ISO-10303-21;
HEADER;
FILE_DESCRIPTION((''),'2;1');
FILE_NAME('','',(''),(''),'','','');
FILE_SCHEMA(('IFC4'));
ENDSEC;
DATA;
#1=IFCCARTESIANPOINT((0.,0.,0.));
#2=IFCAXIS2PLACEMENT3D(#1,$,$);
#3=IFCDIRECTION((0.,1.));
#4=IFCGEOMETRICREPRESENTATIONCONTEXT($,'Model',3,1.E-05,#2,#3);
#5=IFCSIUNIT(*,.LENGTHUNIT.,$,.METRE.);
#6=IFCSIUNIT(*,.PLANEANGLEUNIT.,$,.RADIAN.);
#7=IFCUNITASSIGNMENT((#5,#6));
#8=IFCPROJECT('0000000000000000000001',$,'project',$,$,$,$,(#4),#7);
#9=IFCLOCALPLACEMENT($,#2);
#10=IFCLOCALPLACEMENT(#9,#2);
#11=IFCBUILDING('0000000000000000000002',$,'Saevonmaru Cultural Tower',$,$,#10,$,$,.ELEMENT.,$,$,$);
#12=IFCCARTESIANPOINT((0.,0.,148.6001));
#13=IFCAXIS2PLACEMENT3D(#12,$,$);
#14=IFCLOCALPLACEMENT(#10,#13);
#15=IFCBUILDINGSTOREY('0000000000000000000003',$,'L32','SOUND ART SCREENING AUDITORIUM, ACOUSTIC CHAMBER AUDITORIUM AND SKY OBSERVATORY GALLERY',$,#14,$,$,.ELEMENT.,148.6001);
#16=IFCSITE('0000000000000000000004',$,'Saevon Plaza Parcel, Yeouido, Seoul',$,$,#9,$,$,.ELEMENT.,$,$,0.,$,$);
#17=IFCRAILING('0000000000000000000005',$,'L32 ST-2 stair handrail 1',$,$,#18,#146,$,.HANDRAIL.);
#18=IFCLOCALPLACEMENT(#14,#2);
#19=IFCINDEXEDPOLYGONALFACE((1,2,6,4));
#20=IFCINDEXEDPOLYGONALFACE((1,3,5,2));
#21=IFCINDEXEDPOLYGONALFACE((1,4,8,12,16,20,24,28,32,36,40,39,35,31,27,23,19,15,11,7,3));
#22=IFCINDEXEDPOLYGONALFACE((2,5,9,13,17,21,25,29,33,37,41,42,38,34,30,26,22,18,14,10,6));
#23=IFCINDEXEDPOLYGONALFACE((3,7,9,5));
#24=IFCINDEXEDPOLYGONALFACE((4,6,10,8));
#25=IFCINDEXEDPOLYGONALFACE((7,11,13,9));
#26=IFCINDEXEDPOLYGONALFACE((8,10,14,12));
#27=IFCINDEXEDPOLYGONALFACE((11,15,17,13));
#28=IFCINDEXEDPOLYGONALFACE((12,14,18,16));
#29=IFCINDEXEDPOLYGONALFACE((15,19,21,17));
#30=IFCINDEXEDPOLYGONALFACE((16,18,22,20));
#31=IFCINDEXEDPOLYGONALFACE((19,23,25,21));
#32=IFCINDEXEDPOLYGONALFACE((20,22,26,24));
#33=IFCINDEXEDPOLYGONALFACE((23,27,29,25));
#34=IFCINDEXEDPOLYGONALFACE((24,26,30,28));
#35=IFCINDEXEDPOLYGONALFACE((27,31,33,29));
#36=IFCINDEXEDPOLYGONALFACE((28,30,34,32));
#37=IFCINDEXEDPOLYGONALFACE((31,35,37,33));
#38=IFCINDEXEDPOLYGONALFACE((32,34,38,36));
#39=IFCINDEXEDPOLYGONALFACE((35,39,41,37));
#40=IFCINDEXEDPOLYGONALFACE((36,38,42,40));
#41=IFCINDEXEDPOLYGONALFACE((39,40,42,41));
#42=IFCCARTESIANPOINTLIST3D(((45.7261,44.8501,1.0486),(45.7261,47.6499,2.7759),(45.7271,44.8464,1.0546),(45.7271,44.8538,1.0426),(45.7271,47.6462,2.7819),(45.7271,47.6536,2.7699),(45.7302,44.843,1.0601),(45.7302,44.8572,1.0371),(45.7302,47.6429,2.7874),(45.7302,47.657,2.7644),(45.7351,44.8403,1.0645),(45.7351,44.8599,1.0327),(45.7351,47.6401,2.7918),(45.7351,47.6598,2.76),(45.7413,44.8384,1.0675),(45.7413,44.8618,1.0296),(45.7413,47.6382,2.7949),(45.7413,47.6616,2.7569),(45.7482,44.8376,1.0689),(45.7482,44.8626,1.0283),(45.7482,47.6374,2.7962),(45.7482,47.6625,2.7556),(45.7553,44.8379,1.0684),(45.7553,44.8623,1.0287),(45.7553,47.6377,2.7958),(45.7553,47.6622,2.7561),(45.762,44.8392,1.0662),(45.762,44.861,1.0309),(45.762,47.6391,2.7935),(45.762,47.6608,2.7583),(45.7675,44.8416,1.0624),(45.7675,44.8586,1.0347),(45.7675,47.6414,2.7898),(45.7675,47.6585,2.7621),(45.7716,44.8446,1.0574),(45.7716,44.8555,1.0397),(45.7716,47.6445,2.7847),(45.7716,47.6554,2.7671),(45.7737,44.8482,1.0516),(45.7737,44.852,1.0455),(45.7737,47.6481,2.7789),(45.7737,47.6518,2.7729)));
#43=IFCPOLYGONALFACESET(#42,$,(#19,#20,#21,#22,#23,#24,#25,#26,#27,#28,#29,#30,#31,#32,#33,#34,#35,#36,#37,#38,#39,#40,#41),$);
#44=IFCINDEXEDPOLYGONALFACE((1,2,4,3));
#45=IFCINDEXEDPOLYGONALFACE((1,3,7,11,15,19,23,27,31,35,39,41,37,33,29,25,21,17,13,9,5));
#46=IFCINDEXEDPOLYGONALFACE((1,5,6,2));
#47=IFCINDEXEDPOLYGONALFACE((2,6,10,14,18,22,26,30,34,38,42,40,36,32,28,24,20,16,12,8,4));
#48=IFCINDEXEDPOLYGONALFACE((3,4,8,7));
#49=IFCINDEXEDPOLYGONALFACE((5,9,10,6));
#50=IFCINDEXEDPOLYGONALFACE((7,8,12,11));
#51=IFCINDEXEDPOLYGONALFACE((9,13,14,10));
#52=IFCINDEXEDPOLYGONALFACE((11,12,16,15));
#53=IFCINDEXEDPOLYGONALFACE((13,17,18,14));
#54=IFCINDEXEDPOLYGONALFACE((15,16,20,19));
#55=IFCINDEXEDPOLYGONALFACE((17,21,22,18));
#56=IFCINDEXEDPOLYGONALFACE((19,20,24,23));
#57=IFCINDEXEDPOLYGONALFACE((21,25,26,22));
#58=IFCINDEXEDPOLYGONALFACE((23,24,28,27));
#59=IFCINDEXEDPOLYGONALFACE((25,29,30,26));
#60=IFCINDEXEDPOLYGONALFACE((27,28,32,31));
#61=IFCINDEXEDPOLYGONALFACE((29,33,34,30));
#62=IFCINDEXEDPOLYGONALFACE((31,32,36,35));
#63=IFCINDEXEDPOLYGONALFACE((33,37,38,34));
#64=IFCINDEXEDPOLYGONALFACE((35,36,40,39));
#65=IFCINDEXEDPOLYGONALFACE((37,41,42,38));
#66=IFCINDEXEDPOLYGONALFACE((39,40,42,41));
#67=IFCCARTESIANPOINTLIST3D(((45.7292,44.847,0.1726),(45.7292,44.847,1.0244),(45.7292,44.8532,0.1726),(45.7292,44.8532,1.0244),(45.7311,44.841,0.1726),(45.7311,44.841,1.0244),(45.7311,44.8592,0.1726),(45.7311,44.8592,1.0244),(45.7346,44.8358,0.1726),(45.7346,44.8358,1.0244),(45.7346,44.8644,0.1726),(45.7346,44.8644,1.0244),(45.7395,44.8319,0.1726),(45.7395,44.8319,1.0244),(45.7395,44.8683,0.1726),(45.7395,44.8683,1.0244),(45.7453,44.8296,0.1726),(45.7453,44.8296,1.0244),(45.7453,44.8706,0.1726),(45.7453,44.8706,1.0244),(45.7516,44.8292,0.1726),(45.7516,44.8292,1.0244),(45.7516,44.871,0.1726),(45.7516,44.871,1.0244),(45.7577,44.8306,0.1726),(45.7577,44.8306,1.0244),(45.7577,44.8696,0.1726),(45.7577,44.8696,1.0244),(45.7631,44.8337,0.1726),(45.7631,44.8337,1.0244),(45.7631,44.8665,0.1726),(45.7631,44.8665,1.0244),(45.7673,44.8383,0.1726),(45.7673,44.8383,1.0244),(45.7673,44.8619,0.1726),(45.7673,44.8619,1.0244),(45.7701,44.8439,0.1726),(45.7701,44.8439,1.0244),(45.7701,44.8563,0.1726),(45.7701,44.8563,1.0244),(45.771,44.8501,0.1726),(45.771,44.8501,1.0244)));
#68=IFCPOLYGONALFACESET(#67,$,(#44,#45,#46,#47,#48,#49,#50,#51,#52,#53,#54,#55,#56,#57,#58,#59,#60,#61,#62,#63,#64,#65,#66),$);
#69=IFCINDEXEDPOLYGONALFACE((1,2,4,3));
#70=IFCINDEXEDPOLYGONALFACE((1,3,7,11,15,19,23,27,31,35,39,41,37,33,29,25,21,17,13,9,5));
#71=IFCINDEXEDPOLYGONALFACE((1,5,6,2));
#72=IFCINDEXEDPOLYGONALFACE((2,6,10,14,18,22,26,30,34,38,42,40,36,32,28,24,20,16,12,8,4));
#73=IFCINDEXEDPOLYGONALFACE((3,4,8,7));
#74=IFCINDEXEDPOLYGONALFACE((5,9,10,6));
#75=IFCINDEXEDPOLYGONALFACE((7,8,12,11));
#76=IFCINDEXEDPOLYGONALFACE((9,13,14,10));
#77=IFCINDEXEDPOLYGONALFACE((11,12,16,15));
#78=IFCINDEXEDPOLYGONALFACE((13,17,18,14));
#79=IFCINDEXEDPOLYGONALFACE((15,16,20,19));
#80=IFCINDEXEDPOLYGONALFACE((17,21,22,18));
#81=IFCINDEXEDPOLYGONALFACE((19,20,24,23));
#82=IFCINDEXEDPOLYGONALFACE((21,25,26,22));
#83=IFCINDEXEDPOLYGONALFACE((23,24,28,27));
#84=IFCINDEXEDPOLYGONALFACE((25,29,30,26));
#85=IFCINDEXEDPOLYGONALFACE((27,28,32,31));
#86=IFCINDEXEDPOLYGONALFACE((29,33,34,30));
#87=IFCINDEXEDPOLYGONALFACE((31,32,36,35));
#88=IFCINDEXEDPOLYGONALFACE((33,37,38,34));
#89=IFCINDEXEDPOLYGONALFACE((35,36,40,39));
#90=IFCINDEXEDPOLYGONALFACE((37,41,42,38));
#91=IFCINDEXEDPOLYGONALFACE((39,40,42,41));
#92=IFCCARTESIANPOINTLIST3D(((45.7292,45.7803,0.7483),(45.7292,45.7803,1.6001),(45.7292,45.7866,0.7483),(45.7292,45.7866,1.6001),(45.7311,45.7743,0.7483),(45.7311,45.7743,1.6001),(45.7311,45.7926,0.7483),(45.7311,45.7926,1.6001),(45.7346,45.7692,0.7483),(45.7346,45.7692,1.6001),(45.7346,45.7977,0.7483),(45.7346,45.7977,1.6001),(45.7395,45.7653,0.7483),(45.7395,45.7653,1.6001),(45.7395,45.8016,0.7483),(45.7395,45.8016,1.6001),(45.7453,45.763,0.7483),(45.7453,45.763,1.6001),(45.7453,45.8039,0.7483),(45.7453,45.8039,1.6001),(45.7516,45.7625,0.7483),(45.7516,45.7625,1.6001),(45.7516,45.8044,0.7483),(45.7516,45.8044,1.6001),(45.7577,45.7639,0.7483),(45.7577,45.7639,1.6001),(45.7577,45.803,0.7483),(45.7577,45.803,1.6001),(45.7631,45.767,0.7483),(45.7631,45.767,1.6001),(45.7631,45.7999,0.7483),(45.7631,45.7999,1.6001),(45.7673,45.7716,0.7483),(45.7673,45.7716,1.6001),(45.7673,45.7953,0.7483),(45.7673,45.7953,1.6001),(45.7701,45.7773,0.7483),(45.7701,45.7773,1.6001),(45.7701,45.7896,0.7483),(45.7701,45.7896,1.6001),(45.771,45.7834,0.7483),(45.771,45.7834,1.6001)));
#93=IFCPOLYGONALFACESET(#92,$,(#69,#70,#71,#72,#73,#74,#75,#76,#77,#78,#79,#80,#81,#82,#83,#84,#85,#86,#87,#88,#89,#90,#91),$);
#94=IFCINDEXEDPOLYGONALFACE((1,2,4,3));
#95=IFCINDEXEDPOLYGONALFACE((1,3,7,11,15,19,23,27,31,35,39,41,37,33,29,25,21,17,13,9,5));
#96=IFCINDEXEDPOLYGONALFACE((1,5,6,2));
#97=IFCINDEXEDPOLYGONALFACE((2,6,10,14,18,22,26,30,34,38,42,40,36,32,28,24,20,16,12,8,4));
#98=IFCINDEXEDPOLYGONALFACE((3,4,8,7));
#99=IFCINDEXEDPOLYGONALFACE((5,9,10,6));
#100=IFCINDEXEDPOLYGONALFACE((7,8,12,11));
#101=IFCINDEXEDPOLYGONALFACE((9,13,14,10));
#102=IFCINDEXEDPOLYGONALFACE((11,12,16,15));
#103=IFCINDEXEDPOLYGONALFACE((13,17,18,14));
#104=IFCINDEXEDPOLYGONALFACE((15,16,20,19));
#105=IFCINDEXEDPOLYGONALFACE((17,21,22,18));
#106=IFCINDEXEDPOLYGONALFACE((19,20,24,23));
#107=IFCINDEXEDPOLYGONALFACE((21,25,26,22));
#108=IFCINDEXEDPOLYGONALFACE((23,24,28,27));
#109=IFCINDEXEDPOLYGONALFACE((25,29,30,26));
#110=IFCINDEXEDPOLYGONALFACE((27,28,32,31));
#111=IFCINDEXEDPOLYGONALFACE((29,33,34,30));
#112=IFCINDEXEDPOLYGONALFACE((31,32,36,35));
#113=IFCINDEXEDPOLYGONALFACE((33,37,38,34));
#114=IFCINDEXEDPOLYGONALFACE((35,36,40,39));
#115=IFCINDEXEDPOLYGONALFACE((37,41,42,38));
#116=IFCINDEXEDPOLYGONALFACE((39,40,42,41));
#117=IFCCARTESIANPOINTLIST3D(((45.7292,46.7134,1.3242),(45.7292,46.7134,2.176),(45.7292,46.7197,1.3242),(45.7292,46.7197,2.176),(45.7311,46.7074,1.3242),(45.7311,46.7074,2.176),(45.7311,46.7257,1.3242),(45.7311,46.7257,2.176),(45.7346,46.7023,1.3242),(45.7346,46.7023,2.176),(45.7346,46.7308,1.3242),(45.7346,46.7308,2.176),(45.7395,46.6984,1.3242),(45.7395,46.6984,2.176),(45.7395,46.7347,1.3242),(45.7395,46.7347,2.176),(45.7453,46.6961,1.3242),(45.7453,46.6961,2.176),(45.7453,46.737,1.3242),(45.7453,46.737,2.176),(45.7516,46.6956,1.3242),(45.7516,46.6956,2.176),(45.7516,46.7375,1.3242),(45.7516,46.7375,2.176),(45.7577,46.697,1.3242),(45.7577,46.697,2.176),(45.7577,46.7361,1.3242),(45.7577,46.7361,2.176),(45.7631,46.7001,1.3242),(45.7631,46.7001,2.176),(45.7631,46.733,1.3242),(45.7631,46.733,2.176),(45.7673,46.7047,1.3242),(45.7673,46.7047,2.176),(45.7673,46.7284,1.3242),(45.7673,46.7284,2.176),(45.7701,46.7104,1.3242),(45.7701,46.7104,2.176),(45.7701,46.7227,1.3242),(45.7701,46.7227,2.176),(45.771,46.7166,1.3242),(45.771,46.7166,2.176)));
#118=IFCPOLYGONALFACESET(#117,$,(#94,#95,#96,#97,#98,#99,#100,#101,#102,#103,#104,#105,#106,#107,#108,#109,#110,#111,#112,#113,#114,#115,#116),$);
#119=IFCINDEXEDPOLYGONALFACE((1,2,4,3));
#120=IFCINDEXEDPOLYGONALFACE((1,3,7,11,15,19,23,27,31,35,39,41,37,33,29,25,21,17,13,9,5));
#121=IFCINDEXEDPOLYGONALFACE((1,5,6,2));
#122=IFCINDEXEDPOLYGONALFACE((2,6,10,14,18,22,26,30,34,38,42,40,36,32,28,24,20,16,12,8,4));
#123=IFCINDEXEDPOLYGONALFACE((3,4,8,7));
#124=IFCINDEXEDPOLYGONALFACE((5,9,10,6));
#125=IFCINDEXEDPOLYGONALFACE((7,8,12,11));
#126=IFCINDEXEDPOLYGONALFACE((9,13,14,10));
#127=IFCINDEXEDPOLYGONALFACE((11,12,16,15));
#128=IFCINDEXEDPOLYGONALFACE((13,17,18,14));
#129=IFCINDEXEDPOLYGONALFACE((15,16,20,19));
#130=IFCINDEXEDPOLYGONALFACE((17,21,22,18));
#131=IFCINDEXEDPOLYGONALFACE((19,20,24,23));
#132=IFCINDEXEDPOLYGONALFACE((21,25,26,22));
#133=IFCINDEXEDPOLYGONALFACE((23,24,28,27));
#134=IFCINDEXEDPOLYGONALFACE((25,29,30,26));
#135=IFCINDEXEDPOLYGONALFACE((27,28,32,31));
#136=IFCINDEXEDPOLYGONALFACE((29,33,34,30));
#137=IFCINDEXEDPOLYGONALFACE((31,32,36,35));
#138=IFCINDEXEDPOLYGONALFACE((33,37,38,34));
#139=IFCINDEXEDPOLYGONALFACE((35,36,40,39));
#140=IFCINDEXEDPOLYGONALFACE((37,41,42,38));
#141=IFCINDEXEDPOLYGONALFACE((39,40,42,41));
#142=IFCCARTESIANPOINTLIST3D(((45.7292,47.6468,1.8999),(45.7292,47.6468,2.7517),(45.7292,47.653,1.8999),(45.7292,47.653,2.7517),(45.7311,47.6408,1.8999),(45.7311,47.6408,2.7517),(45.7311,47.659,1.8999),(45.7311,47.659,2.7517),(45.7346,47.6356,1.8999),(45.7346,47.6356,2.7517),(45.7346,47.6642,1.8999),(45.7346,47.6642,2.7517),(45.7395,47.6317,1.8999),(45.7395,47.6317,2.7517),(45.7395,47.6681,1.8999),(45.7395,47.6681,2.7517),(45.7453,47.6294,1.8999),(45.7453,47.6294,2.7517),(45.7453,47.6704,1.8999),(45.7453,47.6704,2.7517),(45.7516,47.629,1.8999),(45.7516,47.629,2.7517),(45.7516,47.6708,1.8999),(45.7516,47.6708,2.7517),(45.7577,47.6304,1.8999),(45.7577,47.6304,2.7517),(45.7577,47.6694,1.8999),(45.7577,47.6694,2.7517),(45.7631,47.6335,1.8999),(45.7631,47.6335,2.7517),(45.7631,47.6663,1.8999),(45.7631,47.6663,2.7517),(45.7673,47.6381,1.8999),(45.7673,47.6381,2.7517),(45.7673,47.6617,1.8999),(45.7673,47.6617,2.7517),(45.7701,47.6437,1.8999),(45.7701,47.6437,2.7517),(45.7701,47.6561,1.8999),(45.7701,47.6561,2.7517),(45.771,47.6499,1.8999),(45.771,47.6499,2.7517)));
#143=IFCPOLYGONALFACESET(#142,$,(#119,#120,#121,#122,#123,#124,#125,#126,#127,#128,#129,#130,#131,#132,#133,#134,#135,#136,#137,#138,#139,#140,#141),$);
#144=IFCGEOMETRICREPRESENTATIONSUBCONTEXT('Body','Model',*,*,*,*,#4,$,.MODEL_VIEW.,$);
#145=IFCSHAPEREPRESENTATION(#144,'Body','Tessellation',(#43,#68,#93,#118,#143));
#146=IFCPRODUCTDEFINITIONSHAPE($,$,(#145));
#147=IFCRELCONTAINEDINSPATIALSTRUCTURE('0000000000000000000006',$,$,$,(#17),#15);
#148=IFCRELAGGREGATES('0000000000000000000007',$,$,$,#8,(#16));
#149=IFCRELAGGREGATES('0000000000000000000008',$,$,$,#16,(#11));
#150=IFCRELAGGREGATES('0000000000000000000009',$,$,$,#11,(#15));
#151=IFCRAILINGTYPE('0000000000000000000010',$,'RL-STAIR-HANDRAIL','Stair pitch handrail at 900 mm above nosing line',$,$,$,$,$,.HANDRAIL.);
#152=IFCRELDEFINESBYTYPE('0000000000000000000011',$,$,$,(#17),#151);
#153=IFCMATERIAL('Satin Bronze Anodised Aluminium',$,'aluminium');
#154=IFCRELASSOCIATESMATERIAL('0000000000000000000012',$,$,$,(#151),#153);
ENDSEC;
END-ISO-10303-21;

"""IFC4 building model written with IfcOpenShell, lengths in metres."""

from ifc_helpers import new_model, si_unit, direction, frame, origin, origin_2d, place, context, subcontext, project, spatial, circle, extrude, material, type_object, element, save


model = new_model("IFC4")

# Units and contexts
model_context = context("Model", 3, precision=1e-05, world=origin(), true_north=direction((0.0, 1.0)))
body_context = subcontext(model_context, "Body", "Model", "MODEL_VIEW")
ifc_project = project(units=[si_unit("LENGTHUNIT", "METRE"), si_unit("PLANEANGLEUNIT", "RADIAN")], contexts=[model_context])

# Site, building, storey
site_placement = place(None, origin())
site = spatial("IfcSite", under=ifc_project, at=site_placement, Name="Saevon Plaza Parcel, Yeouido, Seoul", CompositionType="ELEMENT", RefElevation=0.0)
building_placement = place(site_placement, origin())
building = spatial("IfcBuilding", under=site, at=building_placement, Name="Saevonmaru Cultural Tower", CompositionType="ELEMENT")
storey_placement = place(building_placement, frame((0.0, 0.0, 148.6001)))
storey = spatial("IfcBuildingStorey", under=building, at=storey_placement, Name="L32", Description="SOUND ART SCREENING AUDITORIUM, ACOUSTIC CHAMBER AUDITORIUM AND SKY OBSERVATORY GALLERY", CompositionType="ELEMENT", Elevation=148.6001)

# Shared definitions
ifc_material_1 = material(Name="Satin Bronze Anodised Aluminium", Category="aluminium")

# Railing
railing_type_1 = type_object("IfcRailingType", Name="RL-STAIR-HANDRAIL", Description="Stair pitch handrail at 900 mm above nosing line", PredefinedType="HANDRAIL", material=ifc_material_1)
railing_1_placement = place(storey_placement, frame((45.75, 44.8501, 0.1726)))
element("IfcRailing", 1, at=railing_1_placement, inside=storey, type_object=railing_type_1, Name="L32 ST-2 stair handrail 1", PredefinedType="HANDRAIL", context=body_context, shape_type="SweptSolid", body=[
    extrude(circle(Radius=0.0239, at=origin_2d()), frame((0.0, 0.0, 0.876), z_axis=(0.0, 0.851069, 0.525054), x_axis=(-1.0, 0.0, 0.0)), (0.0, 0.0, 1.0), 3.2898),
    extrude(circle(Radius=0.021, at=origin_2d()), origin(), (0.0, 0.0, 1.0), 0.8518),
    extrude(circle(Radius=0.021, at=origin_2d()), frame((0.0, 0.9333, 0.5757)), (0.0, 0.0, 1.0), 0.8518),
    extrude(circle(Radius=0.021, at=origin_2d()), frame((0.0, 1.8665, 1.1516)), (0.0, 0.0, 1.0), 0.8518),
    extrude(circle(Radius=0.021, at=origin_2d()), frame((0.0, 2.7998, 1.7273)), (0.0, 0.0, 1.0), 0.8518),
])

save(model, "model.ifc")
